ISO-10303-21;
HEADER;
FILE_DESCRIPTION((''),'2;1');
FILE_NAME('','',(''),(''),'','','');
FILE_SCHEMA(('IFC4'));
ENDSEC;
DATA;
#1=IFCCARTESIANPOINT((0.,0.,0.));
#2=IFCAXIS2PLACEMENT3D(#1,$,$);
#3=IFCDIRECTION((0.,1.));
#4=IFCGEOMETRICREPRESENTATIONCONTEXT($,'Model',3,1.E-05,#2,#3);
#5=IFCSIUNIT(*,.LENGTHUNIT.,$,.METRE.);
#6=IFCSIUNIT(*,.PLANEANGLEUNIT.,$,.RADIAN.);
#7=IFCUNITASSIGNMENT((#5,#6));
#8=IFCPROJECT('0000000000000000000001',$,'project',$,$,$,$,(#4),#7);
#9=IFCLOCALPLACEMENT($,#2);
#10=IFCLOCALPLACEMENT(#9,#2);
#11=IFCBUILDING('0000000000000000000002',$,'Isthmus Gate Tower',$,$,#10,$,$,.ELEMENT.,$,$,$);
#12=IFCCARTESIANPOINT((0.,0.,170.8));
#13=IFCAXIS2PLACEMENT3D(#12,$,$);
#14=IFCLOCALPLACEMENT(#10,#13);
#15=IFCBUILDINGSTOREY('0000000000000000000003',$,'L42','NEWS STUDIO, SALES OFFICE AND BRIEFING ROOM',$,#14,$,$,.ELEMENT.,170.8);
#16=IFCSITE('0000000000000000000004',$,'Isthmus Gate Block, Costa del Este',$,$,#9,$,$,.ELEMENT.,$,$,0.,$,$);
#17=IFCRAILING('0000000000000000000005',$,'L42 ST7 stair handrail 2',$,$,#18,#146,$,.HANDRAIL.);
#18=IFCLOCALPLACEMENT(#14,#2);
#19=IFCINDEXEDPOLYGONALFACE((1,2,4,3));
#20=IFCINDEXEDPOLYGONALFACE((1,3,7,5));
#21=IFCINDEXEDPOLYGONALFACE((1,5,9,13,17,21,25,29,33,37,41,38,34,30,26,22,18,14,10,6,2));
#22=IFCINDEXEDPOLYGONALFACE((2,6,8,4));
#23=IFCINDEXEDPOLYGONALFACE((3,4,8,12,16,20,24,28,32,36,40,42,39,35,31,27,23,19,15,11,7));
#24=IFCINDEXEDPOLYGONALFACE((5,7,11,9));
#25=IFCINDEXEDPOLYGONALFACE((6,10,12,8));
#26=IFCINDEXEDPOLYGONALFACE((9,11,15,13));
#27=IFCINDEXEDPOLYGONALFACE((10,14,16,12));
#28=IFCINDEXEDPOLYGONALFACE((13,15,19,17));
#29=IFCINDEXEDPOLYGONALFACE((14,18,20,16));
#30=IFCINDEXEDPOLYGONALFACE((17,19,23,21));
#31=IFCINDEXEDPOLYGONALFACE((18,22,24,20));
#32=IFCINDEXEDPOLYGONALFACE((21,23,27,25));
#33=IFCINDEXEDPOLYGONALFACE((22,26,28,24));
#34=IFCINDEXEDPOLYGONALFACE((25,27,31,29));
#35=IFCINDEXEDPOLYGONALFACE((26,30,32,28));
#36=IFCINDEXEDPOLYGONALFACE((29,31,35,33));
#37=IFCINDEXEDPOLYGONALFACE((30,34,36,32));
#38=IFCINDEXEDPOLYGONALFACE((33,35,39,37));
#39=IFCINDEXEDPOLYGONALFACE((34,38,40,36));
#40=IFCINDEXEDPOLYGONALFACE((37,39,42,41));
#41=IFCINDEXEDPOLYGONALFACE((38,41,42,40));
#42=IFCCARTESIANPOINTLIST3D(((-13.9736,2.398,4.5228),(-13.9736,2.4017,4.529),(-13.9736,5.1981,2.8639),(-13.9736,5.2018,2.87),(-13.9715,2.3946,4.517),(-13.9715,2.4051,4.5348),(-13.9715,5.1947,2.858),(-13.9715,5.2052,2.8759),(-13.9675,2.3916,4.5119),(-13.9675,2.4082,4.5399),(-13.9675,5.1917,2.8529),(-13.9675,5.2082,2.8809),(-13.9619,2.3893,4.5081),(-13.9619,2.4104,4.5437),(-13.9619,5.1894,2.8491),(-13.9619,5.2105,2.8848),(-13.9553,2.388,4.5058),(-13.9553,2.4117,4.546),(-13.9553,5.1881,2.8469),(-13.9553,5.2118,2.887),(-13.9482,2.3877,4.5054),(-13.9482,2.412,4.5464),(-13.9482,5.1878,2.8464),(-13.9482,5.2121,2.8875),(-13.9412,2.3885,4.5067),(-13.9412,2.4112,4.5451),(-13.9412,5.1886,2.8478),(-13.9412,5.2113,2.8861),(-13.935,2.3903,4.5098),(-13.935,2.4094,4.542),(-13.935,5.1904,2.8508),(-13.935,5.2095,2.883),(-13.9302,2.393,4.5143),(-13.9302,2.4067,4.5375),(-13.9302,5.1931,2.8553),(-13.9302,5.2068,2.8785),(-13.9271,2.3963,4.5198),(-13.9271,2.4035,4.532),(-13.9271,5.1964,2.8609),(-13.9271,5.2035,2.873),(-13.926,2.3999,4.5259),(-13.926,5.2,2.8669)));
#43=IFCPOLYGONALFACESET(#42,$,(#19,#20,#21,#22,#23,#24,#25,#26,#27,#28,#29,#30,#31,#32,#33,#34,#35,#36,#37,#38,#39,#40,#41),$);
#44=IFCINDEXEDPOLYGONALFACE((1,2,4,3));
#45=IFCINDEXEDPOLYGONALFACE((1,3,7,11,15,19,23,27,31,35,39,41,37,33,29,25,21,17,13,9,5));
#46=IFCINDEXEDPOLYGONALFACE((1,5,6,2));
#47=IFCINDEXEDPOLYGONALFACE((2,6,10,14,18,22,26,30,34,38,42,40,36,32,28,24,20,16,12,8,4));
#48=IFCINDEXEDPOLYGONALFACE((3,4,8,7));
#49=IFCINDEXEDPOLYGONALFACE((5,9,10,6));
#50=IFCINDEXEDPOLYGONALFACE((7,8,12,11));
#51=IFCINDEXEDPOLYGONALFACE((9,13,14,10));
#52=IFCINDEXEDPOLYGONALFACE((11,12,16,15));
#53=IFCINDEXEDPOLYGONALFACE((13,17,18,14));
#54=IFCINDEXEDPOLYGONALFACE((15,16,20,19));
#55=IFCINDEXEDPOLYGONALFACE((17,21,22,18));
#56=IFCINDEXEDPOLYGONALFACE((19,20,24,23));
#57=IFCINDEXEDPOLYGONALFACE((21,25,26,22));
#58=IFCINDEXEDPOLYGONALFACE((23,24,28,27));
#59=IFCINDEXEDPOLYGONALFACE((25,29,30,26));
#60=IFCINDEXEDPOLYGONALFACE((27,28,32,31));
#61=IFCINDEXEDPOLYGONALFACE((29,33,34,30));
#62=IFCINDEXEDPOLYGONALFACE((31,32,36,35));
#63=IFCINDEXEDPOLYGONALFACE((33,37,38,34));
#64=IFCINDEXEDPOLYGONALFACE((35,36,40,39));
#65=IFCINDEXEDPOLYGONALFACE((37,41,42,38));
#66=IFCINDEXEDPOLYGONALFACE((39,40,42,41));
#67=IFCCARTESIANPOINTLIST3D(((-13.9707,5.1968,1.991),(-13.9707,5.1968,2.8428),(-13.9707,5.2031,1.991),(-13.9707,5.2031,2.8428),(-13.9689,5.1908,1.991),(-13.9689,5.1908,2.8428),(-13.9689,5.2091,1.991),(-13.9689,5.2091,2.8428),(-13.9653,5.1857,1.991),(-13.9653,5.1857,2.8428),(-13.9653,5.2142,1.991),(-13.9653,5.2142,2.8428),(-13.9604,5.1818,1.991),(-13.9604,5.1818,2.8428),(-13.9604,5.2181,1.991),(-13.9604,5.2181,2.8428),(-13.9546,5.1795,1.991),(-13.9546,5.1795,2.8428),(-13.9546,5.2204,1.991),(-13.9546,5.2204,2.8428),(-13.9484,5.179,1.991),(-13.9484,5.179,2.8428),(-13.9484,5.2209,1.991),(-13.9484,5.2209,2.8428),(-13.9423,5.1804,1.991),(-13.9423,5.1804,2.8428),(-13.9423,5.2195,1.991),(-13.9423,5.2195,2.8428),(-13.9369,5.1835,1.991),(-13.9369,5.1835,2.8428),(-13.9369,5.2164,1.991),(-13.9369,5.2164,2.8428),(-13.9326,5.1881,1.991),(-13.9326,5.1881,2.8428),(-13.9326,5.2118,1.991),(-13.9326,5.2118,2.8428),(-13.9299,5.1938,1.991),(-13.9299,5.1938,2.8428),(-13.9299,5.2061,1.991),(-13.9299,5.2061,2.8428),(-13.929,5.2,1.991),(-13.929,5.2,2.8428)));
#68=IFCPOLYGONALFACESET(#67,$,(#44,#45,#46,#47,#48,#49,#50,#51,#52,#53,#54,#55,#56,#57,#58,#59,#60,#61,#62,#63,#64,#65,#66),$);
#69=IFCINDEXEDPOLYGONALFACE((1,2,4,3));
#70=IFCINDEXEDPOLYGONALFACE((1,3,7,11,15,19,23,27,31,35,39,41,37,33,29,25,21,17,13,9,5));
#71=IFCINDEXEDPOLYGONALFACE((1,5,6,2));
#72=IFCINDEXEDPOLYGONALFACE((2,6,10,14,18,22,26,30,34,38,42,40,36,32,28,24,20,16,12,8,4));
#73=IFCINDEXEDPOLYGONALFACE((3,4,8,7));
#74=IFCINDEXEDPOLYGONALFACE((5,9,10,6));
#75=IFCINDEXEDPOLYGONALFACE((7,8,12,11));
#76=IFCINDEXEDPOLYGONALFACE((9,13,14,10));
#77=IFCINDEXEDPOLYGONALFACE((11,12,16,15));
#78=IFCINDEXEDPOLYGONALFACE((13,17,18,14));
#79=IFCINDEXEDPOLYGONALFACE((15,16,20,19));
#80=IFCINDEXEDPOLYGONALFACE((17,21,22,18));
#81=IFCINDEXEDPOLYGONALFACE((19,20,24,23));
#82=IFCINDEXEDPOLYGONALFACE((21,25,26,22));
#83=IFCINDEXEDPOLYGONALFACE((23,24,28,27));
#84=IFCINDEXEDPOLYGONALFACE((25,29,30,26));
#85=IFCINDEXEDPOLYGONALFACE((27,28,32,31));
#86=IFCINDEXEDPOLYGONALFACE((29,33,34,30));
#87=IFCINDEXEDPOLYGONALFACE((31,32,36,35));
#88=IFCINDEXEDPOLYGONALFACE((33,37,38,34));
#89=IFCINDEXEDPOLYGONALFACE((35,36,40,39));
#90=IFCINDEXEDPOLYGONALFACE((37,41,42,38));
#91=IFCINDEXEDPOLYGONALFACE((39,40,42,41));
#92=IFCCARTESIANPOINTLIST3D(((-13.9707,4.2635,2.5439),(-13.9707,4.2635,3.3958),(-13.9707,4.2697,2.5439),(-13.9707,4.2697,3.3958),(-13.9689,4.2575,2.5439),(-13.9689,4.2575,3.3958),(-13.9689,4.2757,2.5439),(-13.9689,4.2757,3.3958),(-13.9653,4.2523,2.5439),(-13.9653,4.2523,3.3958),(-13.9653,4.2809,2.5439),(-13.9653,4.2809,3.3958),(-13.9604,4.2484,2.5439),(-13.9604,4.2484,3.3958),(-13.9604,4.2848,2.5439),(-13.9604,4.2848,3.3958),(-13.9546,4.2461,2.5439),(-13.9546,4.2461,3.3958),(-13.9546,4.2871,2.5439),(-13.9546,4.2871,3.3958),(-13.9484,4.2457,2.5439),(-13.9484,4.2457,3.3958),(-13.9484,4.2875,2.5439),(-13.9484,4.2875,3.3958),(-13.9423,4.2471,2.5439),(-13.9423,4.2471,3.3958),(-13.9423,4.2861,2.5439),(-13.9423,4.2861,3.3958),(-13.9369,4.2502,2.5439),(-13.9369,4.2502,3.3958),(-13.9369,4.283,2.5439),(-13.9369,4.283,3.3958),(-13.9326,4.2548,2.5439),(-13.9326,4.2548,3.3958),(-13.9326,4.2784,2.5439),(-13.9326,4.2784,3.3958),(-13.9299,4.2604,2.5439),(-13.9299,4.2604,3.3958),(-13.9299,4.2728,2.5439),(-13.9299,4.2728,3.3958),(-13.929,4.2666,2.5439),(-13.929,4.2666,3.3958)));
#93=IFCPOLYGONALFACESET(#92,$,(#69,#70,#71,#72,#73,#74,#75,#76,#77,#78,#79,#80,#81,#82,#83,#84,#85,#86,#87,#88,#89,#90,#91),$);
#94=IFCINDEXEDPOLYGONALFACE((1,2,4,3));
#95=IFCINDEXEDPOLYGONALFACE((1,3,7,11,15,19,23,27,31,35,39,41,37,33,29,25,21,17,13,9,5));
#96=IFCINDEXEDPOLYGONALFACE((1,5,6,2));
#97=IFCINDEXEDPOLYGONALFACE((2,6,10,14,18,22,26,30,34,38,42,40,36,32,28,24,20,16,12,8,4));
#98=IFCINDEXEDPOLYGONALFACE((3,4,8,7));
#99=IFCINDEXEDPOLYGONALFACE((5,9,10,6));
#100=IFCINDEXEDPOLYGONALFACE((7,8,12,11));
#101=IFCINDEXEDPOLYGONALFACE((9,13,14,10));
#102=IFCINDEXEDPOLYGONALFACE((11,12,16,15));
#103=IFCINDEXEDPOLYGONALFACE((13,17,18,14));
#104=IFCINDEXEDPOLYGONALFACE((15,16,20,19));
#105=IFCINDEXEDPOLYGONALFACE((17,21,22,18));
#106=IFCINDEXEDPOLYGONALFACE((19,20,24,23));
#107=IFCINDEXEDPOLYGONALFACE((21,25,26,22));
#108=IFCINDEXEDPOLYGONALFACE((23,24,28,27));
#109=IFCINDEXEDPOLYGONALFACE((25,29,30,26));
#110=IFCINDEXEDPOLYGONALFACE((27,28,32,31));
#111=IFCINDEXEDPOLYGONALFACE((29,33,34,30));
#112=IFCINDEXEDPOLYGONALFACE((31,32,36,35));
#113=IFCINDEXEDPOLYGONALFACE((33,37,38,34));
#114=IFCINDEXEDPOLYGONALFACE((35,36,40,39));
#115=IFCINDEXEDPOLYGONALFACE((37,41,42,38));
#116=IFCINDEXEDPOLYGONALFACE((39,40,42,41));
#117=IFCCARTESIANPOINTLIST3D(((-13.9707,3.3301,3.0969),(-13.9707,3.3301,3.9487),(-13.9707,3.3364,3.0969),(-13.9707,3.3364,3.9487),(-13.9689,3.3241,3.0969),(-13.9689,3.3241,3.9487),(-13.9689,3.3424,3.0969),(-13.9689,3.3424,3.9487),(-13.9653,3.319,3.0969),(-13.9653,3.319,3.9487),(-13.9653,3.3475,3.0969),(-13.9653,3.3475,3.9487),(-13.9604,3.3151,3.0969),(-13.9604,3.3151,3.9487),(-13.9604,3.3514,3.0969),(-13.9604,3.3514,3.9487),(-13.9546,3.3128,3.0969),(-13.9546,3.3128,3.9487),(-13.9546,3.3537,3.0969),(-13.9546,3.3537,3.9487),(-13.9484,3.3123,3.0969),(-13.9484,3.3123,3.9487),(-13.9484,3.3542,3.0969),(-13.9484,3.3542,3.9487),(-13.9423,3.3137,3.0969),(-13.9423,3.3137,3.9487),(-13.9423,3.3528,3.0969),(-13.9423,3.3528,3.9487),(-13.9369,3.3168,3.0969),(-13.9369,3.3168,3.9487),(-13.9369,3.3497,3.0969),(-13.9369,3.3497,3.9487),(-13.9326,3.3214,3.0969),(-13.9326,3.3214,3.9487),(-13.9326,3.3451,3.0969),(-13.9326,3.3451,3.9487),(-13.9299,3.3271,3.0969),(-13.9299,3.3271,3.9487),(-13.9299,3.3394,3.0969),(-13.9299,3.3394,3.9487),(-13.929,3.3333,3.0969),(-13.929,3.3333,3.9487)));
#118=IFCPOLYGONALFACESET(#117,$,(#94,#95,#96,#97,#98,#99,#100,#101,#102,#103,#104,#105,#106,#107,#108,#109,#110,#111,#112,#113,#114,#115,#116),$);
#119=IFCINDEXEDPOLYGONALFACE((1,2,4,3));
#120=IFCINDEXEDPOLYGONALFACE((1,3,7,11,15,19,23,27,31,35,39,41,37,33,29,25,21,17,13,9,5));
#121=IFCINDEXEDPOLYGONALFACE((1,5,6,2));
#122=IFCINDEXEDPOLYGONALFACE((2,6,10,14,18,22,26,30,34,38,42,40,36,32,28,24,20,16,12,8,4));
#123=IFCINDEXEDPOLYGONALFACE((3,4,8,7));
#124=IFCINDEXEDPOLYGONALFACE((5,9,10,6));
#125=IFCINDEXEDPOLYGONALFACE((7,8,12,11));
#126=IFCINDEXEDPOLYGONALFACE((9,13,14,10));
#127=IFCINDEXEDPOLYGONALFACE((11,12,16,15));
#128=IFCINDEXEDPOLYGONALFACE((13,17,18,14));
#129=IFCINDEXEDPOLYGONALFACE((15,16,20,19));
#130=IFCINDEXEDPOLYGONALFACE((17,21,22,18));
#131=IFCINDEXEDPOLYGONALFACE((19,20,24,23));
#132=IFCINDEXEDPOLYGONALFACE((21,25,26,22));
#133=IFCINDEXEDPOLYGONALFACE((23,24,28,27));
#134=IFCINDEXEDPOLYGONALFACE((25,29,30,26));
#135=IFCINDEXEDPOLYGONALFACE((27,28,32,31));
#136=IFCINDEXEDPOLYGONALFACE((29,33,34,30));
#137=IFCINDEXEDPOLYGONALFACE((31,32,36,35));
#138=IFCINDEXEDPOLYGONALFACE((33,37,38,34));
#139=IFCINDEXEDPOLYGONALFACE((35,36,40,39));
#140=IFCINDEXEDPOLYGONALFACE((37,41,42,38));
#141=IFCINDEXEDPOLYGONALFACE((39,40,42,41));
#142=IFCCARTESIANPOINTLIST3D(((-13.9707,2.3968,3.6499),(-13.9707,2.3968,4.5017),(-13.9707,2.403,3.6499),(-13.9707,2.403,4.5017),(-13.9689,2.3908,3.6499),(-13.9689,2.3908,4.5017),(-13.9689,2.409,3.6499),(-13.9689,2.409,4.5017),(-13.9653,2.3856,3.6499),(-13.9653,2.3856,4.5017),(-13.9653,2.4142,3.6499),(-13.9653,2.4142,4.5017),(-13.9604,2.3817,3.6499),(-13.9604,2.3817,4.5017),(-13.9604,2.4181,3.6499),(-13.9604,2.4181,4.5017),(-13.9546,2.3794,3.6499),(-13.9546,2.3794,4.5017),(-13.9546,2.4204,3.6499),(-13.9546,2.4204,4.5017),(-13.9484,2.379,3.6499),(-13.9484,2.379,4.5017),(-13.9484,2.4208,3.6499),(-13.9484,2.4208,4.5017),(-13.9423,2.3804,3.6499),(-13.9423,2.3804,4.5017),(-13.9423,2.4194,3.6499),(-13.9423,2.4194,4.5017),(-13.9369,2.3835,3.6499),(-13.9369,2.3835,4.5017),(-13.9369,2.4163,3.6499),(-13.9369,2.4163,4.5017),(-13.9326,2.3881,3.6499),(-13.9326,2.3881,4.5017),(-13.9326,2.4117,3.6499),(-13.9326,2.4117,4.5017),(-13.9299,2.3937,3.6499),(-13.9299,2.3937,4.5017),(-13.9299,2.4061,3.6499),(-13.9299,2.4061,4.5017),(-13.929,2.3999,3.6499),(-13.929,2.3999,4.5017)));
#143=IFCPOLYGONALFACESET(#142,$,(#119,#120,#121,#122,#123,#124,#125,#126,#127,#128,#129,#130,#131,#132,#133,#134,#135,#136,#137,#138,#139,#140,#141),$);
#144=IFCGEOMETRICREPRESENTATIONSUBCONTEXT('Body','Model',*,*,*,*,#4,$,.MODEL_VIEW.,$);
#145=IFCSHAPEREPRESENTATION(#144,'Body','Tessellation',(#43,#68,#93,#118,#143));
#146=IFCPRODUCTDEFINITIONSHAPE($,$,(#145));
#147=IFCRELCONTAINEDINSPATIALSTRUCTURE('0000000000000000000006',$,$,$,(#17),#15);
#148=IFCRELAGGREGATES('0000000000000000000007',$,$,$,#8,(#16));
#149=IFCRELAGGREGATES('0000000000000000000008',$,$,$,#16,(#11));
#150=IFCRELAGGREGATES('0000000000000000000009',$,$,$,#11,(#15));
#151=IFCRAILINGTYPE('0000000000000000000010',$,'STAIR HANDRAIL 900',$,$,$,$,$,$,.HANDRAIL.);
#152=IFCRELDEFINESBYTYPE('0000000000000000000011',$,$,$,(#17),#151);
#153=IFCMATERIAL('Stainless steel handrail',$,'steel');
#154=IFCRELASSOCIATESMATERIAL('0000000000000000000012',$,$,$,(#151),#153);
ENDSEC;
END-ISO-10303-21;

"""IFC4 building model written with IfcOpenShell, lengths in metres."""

from ifc_helpers import new_model, si_unit, direction, frame, origin, origin_2d, place, context, subcontext, project, spatial, circle, extrude, material, type_object, element, save


model = new_model("IFC4")

# Units and contexts
model_context = context("Model", 3, precision=1e-05, world=origin(), true_north=direction((0.0, 1.0)))
body_context = subcontext(model_context, "Body", "Model", "MODEL_VIEW")
ifc_project = project(units=[si_unit("LENGTHUNIT", "METRE"), si_unit("PLANEANGLEUNIT", "RADIAN")], contexts=[model_context])

# Site, building, storey
site_placement = place(None, origin())
site = spatial("IfcSite", under=ifc_project, at=site_placement, Name="Isthmus Gate Block, Costa del Este", CompositionType="ELEMENT", RefElevation=0.0)
building_placement = place(site_placement, origin())
building = spatial("IfcBuilding", under=site, at=building_placement, Name="Isthmus Gate Tower", CompositionType="ELEMENT")
storey_placement = place(building_placement, frame((0.0, 0.0, 170.8)))
storey = spatial("IfcBuildingStorey", under=building, at=storey_placement, Name="L42", Description="NEWS STUDIO, SALES OFFICE AND BRIEFING ROOM", CompositionType="ELEMENT", Elevation=170.8)

# Railing
ifc_material_1 = material(Name="Stainless steel handrail", Category="steel")
railing_type = type_object("IfcRailingType", Name="STAIR HANDRAIL 900", PredefinedType="HANDRAIL", material=ifc_material_1)
railing_placement = place(storey_placement, frame((-13.95, 5.2, 1.991)))
element("IfcRailing", 1, at=railing_placement, inside=storey, type_object=railing_type, Name="L42 ST7 stair handrail 2", PredefinedType="HANDRAIL", context=body_context, shape_type="SweptSolid", body=[
    extrude(circle(Radius=0.0239, at=origin_2d()), frame((0.0, 0.0, 0.876), z_axis=(0.0, -0.860339, 0.509722), x_axis=(1.0, 0.0, 0.0)), (0.0, 0.0, 1.0), 3.2546),
    extrude(circle(Radius=0.021, at=origin_2d()), origin(), (0.0, 0.0, 1.0), 0.8518),
    extrude(circle(Radius=0.021, at=origin_2d()), frame((0.0, -0.9333, 0.553)), (0.0, 0.0, 1.0), 0.8518),
    extrude(circle(Radius=0.021, at=origin_2d()), frame((0.0, -1.8667, 1.106)), (0.0, 0.0, 1.0), 0.8518),
    extrude(circle(Radius=0.021, at=origin_2d()), frame((0.0, -2.8, 1.6589)), (0.0, 0.0, 1.0), 0.8518),
])

save(model, "model.ifc")
